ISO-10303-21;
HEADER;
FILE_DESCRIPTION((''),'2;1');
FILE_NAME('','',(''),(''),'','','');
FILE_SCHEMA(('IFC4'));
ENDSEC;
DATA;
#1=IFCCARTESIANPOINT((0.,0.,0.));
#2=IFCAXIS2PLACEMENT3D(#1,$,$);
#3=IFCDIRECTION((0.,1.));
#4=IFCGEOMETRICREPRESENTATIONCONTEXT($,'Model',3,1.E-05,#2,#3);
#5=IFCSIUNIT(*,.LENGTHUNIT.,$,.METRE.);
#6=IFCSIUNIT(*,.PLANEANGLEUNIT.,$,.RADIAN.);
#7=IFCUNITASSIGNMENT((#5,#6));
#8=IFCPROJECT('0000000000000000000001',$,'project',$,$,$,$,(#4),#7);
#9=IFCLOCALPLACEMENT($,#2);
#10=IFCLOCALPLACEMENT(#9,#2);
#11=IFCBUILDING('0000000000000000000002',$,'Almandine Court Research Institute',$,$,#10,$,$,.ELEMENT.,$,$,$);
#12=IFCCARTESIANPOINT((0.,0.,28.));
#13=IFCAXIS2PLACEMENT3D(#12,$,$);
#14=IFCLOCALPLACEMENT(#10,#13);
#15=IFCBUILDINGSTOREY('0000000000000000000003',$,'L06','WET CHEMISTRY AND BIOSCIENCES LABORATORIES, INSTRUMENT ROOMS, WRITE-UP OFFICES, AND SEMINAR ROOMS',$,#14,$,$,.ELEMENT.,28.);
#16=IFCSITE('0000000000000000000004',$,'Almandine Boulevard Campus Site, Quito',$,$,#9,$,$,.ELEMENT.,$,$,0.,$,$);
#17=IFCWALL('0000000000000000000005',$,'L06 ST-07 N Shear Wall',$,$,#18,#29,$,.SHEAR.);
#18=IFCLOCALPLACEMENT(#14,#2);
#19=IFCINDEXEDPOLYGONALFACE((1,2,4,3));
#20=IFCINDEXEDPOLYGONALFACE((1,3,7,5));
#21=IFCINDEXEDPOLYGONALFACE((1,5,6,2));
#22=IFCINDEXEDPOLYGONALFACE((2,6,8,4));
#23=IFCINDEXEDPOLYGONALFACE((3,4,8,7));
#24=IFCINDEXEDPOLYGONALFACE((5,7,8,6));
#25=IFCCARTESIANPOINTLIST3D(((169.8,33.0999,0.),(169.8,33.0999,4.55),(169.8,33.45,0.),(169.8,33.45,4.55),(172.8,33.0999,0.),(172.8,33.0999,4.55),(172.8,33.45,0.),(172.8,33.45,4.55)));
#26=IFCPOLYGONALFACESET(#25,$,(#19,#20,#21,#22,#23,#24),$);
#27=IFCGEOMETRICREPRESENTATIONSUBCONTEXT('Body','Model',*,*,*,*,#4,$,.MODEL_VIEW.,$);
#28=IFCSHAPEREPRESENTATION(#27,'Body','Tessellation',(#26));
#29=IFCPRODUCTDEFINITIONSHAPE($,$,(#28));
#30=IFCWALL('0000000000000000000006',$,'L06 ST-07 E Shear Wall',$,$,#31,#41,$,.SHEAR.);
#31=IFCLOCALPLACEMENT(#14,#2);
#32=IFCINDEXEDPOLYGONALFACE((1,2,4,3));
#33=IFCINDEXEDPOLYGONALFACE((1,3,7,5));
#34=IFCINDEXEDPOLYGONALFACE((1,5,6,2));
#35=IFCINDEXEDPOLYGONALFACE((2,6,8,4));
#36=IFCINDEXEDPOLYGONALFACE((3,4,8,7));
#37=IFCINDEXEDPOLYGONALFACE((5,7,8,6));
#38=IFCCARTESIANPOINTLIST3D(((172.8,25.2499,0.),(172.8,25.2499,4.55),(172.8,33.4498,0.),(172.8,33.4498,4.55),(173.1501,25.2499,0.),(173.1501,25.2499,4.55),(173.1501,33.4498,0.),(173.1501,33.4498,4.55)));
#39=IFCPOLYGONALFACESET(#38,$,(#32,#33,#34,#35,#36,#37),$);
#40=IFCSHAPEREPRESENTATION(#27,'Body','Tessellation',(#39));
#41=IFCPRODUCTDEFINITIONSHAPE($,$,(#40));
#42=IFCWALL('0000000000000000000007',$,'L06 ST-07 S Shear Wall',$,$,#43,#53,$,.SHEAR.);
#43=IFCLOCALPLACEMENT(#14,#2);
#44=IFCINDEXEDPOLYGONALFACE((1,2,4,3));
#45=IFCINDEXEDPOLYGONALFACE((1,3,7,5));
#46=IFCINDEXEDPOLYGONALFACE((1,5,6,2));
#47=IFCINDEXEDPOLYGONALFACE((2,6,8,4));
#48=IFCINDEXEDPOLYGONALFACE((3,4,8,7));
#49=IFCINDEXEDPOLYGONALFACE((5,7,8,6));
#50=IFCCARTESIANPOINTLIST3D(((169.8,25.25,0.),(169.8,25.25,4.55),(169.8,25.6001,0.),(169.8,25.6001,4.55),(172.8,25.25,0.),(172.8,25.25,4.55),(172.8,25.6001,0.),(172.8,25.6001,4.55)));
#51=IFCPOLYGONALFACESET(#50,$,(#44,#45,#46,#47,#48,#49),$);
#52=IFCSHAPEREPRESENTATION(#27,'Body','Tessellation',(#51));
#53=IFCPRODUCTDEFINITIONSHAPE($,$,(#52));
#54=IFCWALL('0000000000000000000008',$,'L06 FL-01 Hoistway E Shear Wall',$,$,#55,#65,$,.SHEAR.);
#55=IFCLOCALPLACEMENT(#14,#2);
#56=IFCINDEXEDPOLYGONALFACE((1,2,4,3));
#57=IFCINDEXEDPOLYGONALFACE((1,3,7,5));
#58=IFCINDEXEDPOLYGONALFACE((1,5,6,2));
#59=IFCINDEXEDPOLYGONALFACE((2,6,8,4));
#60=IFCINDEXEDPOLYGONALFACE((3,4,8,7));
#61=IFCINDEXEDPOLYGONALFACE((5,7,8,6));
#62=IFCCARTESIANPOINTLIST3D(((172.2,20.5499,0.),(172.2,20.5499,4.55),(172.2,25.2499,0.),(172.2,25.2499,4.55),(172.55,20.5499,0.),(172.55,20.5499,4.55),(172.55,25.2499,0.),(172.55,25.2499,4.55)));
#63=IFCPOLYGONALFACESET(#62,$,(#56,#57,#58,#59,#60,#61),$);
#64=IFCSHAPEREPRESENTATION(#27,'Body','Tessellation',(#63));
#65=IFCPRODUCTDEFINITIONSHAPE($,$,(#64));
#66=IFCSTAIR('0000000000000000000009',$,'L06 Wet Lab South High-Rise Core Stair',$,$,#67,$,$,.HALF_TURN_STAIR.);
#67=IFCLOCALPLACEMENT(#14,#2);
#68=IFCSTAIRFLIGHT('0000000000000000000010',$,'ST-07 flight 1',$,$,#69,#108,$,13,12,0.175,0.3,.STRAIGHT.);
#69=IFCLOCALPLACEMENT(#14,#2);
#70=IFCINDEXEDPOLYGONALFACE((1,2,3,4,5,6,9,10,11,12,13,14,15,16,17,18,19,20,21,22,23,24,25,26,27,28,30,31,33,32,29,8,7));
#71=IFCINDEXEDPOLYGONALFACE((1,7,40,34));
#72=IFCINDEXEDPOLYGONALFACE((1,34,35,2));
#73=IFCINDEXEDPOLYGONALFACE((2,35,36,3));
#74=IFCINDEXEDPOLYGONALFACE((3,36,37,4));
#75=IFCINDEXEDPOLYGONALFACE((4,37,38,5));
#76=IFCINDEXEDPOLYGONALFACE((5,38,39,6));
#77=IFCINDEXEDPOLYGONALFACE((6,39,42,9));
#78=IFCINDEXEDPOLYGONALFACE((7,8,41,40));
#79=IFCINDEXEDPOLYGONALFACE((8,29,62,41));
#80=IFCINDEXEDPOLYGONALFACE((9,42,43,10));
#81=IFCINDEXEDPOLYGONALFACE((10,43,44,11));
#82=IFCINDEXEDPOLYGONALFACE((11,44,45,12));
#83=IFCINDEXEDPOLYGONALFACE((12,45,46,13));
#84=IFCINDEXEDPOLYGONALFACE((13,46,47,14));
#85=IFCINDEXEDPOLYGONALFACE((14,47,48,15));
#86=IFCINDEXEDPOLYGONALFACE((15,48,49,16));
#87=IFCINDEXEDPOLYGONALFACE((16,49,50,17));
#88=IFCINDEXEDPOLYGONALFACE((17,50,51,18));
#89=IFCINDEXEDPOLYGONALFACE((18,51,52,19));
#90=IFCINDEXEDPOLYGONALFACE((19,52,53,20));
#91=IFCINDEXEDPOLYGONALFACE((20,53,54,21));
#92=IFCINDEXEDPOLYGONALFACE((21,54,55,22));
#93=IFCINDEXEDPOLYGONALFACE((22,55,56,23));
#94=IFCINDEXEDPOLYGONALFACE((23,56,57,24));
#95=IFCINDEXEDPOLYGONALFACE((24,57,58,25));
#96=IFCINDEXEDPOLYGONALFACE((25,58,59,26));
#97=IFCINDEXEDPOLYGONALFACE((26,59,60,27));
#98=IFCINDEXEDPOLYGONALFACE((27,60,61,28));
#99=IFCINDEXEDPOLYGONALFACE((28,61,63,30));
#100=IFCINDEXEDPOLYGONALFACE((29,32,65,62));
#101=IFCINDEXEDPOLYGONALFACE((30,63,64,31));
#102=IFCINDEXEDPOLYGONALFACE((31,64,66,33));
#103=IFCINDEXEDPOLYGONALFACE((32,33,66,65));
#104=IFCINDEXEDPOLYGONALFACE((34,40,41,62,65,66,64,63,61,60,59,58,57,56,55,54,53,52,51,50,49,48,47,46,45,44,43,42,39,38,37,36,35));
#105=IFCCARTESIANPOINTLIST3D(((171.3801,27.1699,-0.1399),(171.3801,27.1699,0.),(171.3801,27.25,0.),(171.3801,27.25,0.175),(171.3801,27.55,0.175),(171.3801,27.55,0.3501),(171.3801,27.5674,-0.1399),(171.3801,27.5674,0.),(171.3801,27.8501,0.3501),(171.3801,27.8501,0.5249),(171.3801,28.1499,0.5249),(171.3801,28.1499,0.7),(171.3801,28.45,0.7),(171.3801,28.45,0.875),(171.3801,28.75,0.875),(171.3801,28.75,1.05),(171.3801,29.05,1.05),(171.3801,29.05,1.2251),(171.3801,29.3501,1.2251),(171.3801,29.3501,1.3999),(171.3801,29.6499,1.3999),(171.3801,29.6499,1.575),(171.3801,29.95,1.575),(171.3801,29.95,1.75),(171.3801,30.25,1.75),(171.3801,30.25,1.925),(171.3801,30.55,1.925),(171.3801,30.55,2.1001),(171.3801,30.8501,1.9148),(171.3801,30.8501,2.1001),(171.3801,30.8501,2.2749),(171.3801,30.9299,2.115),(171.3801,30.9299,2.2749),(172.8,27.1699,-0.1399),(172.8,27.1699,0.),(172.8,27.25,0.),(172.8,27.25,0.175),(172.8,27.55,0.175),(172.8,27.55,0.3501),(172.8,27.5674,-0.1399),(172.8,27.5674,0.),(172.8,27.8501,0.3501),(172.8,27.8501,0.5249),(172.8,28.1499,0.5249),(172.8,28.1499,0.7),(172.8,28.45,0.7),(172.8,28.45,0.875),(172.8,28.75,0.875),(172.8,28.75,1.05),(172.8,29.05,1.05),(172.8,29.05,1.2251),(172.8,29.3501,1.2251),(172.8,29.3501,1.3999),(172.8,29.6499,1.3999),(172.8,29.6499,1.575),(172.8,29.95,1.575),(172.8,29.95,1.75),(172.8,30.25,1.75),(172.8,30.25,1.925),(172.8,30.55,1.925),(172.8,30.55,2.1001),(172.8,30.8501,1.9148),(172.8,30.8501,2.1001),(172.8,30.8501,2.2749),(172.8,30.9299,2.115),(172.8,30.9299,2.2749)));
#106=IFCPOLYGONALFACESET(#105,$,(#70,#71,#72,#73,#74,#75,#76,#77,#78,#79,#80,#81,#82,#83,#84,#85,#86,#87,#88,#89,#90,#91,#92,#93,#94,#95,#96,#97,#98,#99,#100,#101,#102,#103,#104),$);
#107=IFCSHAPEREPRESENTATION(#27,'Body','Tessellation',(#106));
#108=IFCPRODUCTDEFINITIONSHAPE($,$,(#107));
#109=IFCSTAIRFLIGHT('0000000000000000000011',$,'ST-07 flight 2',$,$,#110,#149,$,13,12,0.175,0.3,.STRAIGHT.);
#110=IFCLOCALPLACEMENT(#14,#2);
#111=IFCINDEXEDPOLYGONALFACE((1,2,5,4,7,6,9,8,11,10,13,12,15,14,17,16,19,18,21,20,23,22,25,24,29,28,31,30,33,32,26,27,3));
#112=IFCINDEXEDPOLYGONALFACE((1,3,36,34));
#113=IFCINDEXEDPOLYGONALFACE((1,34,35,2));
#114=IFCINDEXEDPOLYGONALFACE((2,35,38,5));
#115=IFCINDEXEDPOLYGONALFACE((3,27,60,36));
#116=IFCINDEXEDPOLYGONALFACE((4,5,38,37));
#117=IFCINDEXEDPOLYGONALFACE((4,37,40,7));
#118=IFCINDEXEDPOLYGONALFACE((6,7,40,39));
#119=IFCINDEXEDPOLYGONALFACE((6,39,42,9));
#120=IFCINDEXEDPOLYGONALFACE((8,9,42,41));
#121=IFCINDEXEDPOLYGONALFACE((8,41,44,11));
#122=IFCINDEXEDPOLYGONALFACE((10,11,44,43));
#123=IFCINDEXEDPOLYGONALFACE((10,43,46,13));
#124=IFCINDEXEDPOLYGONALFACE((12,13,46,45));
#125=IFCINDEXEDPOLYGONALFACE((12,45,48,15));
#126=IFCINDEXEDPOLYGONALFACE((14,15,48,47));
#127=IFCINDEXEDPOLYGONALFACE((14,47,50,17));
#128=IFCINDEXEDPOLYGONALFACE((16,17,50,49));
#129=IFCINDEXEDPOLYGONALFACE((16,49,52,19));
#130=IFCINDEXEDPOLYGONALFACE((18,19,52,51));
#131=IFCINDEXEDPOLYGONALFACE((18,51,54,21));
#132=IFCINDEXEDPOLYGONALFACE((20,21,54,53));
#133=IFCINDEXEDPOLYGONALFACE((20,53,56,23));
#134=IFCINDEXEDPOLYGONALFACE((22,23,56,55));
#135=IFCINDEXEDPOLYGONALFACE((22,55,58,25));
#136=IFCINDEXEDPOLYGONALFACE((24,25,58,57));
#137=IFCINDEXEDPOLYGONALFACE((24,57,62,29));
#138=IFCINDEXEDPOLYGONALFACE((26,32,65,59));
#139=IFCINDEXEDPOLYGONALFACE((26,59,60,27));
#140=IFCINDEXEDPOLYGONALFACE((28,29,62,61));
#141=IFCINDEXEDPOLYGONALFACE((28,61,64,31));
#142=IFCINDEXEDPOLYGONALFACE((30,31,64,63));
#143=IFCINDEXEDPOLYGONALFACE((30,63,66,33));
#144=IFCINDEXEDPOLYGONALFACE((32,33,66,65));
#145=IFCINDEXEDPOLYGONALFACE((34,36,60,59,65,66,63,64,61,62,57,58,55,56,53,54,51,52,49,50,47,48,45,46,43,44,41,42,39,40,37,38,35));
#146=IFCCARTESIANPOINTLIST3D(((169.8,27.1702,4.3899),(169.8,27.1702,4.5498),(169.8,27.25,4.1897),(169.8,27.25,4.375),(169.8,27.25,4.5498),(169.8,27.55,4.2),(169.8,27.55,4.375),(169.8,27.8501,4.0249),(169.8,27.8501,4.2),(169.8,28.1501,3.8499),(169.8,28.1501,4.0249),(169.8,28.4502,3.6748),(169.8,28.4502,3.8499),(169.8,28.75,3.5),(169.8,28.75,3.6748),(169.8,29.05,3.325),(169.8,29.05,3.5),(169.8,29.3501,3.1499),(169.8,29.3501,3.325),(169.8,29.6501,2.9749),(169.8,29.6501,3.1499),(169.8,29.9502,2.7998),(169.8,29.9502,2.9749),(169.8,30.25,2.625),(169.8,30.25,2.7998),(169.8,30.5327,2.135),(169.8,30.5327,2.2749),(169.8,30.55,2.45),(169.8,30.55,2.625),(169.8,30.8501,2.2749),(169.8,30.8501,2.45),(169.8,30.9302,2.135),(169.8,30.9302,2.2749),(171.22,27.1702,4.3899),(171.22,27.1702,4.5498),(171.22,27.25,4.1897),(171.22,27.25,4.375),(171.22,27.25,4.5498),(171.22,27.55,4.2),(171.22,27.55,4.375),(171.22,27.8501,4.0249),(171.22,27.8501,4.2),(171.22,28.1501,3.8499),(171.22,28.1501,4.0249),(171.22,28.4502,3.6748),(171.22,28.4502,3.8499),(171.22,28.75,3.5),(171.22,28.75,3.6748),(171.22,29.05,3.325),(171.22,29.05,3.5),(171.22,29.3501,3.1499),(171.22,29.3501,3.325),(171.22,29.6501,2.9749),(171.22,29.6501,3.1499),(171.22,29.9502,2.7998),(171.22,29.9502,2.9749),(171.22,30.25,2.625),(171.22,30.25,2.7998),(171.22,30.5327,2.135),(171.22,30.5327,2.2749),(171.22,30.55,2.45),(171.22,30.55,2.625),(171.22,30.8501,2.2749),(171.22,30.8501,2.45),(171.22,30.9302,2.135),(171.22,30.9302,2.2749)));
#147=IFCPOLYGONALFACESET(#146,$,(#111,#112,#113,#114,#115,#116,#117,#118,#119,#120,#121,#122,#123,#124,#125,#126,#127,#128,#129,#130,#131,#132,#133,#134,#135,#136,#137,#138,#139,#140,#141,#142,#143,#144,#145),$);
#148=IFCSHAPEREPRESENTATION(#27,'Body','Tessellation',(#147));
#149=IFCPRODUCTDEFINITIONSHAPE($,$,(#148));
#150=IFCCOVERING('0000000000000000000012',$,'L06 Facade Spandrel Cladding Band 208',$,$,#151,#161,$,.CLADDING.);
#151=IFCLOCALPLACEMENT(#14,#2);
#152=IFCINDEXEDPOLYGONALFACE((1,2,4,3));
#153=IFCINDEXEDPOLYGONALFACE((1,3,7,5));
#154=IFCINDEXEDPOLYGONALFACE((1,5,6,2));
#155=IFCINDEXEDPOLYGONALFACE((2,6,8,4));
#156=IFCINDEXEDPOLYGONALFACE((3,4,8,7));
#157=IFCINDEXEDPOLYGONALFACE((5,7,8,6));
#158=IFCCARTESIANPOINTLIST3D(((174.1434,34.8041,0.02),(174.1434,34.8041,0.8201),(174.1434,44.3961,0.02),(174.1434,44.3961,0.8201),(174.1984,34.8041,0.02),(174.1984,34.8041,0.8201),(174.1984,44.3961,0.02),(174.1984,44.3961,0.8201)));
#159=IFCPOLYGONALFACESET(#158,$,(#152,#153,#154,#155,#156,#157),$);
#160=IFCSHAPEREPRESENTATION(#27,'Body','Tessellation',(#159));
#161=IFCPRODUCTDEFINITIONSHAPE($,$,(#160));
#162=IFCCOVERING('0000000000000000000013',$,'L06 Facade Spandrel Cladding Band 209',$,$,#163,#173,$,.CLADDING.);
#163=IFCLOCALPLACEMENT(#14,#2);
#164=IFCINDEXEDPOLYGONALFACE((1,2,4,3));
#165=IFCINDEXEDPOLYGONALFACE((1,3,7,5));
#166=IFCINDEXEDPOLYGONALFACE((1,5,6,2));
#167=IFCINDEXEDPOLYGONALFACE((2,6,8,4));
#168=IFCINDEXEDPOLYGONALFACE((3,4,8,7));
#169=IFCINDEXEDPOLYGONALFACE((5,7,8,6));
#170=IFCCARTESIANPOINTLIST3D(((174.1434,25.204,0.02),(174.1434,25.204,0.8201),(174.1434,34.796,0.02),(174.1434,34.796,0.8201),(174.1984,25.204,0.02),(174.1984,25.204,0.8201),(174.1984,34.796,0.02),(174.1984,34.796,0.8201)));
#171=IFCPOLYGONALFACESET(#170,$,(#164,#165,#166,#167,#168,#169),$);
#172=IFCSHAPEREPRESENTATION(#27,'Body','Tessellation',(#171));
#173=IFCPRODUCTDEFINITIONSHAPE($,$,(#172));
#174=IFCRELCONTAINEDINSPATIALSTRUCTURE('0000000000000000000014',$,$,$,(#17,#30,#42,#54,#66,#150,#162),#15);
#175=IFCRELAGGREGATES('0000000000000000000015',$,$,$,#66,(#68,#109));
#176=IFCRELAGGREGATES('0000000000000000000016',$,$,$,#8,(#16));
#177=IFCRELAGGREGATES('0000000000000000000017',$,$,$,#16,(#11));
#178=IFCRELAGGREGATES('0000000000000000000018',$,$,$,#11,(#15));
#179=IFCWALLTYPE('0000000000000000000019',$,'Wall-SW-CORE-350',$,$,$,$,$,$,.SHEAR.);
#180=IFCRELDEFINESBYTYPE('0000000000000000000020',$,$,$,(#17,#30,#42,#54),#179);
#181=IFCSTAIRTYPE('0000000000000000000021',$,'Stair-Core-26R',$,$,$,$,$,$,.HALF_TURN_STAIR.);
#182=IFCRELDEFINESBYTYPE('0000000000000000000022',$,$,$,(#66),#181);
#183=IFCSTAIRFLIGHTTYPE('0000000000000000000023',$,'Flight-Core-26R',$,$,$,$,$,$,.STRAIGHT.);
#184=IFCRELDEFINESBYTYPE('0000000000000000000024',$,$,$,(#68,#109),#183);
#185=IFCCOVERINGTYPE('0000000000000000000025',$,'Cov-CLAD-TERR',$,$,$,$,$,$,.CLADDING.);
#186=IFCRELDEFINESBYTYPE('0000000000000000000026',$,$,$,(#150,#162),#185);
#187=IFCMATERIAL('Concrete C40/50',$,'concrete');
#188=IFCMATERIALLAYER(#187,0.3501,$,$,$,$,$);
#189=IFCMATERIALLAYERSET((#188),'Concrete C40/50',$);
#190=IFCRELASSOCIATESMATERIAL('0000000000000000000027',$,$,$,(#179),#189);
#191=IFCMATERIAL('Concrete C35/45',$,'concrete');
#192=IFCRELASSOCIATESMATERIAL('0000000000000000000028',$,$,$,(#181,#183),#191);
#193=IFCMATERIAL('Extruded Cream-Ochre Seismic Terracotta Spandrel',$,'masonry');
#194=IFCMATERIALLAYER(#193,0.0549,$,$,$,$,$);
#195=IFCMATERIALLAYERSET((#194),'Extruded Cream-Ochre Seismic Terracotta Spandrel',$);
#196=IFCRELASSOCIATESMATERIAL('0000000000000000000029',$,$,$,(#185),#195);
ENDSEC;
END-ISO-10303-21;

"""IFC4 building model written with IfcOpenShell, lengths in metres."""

from ifc_helpers import new_model, si_unit, direction, frame, frame_2d, origin, origin_2d, place, context, subcontext, project, spatial, polyline, rectangle, outline, extrude, material, layer, layer_set, type_object, element, aggregate, save


model = new_model("IFC4")

# Units and contexts
model_context = context("Model", 3, precision=1e-05, world=origin(), true_north=direction((0.0, 1.0)))
body_context = subcontext(model_context, "Body", "Model", "MODEL_VIEW")
ifc_project = project(units=[si_unit("LENGTHUNIT", "METRE"), si_unit("PLANEANGLEUNIT", "RADIAN")], contexts=[model_context])

# Site, building, storey
site_placement = place(None, origin())
site = spatial("IfcSite", under=ifc_project, at=site_placement, Name="Almandine Boulevard Campus Site, Quito", CompositionType="ELEMENT", RefElevation=0.0)
building_placement = place(site_placement, origin())
building = spatial("IfcBuilding", under=site, at=building_placement, Name="Almandine Court Research Institute", CompositionType="ELEMENT")
storey_placement = place(building_placement, frame((0.0, 0.0, 28.0)))
storey = spatial("IfcBuildingStorey", under=building, at=storey_placement, Name="L06", Description="WET CHEMISTRY AND BIOSCIENCES LABORATORIES, INSTRUMENT ROOMS, WRITE-UP OFFICES, AND SEMINAR ROOMS", CompositionType="ELEMENT", Elevation=28.0)

# Shared definitions
ifc_material_1 = material(Name="Concrete C40/50", Category="concrete")

# Shared definitions
ifc_layer_1 = layer(ifc_material_1, 0.3501)
ifc_layer_set_1 = layer_set([ifc_layer_1], Name="Concrete C40/50")
wall_type_1 = type_object("IfcWallType", Name="Wall-SW-CORE-350", PredefinedType="SHEAR", material=ifc_layer_set_1)

# Walls
wall_1_placement = place(storey_placement, frame((169.8, 33.2749, 0.0), z_axis=(0.0, 0.0, 1.0), x_axis=(1.0, 0.0, 0.0)))
element("IfcWall", 1, at=wall_1_placement, inside=storey, type_object=wall_type_1, Name="L06 ST-07 N Shear Wall", PredefinedType="SHEAR", context=body_context, shape_type="SweptSolid", body=[
    extrude(rectangle(XDim=3.0, YDim=0.3501, at=frame_2d((1.5, 0.0))), origin(), (0.0, 0.0, 1.0), 4.55),
])
wall_2_placement = place(storey_placement, frame((172.9751, 33.45, 0.0), z_axis=(0.0, 0.0, 1.0), x_axis=(0.0, -1.0, 0.0)))
element("IfcWall", 2, at=wall_2_placement, inside=storey, type_object=wall_type_1, Name="L06 ST-07 E Shear Wall", PredefinedType="SHEAR", context=body_context, shape_type="SweptSolid", body=[
    extrude(rectangle(XDim=8.2, YDim=0.3501, at=frame_2d((4.1001, 0.0))), origin(), (0.0, 0.0, 1.0), 4.55),
])
wall_3_placement = place(storey_placement, frame((172.8, 25.425, 0.0), z_axis=(0.0, 0.0, 1.0), x_axis=(-1.0, 0.0, 0.0)))
element("IfcWall", 3, at=wall_3_placement, inside=storey, type_object=wall_type_1, Name="L06 ST-07 S Shear Wall", PredefinedType="SHEAR", context=body_context, shape_type="SweptSolid", body=[
    extrude(rectangle(XDim=3.0, YDim=0.3501, at=frame_2d((1.5, 0.0))), origin(), (0.0, 0.0, 1.0), 4.55),
])
wall_4_placement = place(storey_placement, frame((172.375, 25.25, 0.0), z_axis=(0.0, 0.0, 1.0), x_axis=(0.0, -1.0, 0.0)))
element("IfcWall", 4, at=wall_4_placement, inside=storey, type_object=wall_type_1, Name="L06 FL-01 Hoistway E Shear Wall", PredefinedType="SHEAR", context=body_context, shape_type="SweptSolid", body=[
    extrude(rectangle(XDim=4.7, YDim=0.3501, at=frame_2d((2.3501, 0.0))), origin(), (0.0, 0.0, 1.0), 4.55),
])

# Stair, stair flights
ifc_material_2 = material(Name="Concrete C35/45", Category="concrete")
stair_type = type_object("IfcStairType", Name="Stair-Core-26R", PredefinedType="HALF_TURN_STAIR", material=ifc_material_2)
stair_placement = place(storey_placement, origin())
stair = element("IfcStair", 5, at=stair_placement, inside=storey, type_object=stair_type, Name="L06 Wet Lab South High-Rise Core Stair", PredefinedType="HALF_TURN_STAIR")
stair_flight_type = type_object("IfcStairFlightType", Name="Flight-Core-26R", PredefinedType="STRAIGHT", material=ifc_material_2)
stair_flight_1_placement = place(storey_placement, frame((172.0901, 27.25, 0.0), z_axis=(0.0, 0.0, 1.0), x_axis=(0.0, 1.0, 0.0)))
stair_flight_1 = element("IfcStairFlight", 6, at=stair_flight_1_placement, type_object=stair_flight_type, Name="ST-07 flight 1", NumberOfRisers=13, NumberOfTreads=12, PredefinedType="STRAIGHT", RiserHeight=0.175, TreadLength=0.3, context=body_context, shape_type="SweptSolid", body=[
    extrude(outline(polyline([(-0.0801, -0.1399), (-0.0801, 0.0), (0.0, 0.0), (0.0, 0.175), (0.3, 0.175), (0.3, 0.3501), (0.6001, 0.3501), (0.6001, 0.5249), (0.8999, 0.5249), (0.8999, 0.7), (1.2, 0.7), (1.2, 0.875), (1.5, 0.875), (1.5, 1.05), (1.8, 1.05), (1.8, 1.2251), (2.1001, 1.2251), (2.1001, 1.3999), (2.3999, 1.3999), (2.3999, 1.575), (2.7, 1.575), (2.7, 1.75), (3.0, 1.75), (3.0, 1.925), (3.3, 1.925), (3.3, 2.1001), (3.6001, 2.1001), (3.6001, 2.2749), (3.6799, 2.2749), (3.6799, 2.115), (3.6001, 1.9148), (0.3174, 0.0), (0.3174, -0.1399), (-0.0801, -0.1399)])), frame((0.0, 0.71, 0.0), z_axis=(0.0, -1.0, 0.0), x_axis=(1.0, 0.0, 0.0)), (0.0, 0.0, 1.0), 1.4199),
])
stair_flight_2_placement = place(storey_placement, frame((170.51, 30.8501, 2.2749), z_axis=(0.0, 0.0, 1.0), x_axis=(0.0, -1.0, 0.0)))
stair_flight_2 = element("IfcStairFlight", 7, at=stair_flight_2_placement, type_object=stair_flight_type, Name="ST-07 flight 2", NumberOfRisers=13, NumberOfTreads=12, PredefinedType="STRAIGHT", RiserHeight=0.175, TreadLength=0.3, context=body_context, shape_type="SweptSolid", body=[
    extrude(outline(polyline([(-0.0801, -0.1399), (-0.0801, 0.0), (0.0, 0.0), (0.0, 0.175), (0.3, 0.175), (0.3, 0.3501), (0.6001, 0.3501), (0.6001, 0.5249), (0.8999, 0.5249), (0.8999, 0.7), (1.2, 0.7), (1.2, 0.875), (1.5, 0.875), (1.5, 1.05), (1.8, 1.05), (1.8, 1.2251), (2.1001, 1.2251), (2.1001, 1.3999), (2.3999, 1.3999), (2.3999, 1.575), (2.7, 1.575), (2.7, 1.75), (3.0, 1.75), (3.0, 1.925), (3.3, 1.925), (3.3, 2.1001), (3.6001, 2.1001), (3.6001, 2.2749), (3.6799, 2.2749), (3.6799, 2.115), (3.6001, 1.9148), (0.3174, 0.0), (0.3174, -0.1399), (-0.0801, -0.1399)])), frame((0.0, 0.71, 0.0), z_axis=(0.0, -1.0, 0.0), x_axis=(1.0, 0.0, 0.0)), (0.0, 0.0, 1.0), 1.4199),
])
aggregate(stair, [stair_flight_1, stair_flight_2])

# Coverings
ifc_material_3 = material(Name="Extruded Cream-Ochre Seismic Terracotta Spandrel", Category="masonry")
ifc_layer_2 = layer(ifc_material_3, 0.0549)
ifc_layer_set_2 = layer_set([ifc_layer_2], Name="Extruded Cream-Ochre Seismic Terracotta Spandrel")
covering_type = type_object("IfcCoveringType", Name="Cov-CLAD-TERR", PredefinedType="CLADDING", material=ifc_layer_set_2)
for number, where, z_axis, x_axis, name in (
    (8, (174.1709, 39.6001, 0.02), (0.0, 0.0, 1.0), (0.0, -1.0, 0.0), "L06 Facade Spandrel Cladding Band 208"),
    (9, (174.1709, 30.0, 0.02), (0.0, 0.0, 1.0), (0.0, -1.0, 0.0), "L06 Facade Spandrel Cladding Band 209"),
):
    element("IfcCovering", number, at=place(storey_placement, frame(where, z_axis=z_axis, x_axis=x_axis)), inside=storey, type_object=covering_type, Name=name, PredefinedType="CLADDING", context=body_context, shape_type="SweptSolid", body=[
        extrude(rectangle(XDim=9.592, YDim=0.0549, at=origin_2d()), origin(), (0.0, 0.0, 1.0), 0.8),
    ])

save(model, "model.ifc")
